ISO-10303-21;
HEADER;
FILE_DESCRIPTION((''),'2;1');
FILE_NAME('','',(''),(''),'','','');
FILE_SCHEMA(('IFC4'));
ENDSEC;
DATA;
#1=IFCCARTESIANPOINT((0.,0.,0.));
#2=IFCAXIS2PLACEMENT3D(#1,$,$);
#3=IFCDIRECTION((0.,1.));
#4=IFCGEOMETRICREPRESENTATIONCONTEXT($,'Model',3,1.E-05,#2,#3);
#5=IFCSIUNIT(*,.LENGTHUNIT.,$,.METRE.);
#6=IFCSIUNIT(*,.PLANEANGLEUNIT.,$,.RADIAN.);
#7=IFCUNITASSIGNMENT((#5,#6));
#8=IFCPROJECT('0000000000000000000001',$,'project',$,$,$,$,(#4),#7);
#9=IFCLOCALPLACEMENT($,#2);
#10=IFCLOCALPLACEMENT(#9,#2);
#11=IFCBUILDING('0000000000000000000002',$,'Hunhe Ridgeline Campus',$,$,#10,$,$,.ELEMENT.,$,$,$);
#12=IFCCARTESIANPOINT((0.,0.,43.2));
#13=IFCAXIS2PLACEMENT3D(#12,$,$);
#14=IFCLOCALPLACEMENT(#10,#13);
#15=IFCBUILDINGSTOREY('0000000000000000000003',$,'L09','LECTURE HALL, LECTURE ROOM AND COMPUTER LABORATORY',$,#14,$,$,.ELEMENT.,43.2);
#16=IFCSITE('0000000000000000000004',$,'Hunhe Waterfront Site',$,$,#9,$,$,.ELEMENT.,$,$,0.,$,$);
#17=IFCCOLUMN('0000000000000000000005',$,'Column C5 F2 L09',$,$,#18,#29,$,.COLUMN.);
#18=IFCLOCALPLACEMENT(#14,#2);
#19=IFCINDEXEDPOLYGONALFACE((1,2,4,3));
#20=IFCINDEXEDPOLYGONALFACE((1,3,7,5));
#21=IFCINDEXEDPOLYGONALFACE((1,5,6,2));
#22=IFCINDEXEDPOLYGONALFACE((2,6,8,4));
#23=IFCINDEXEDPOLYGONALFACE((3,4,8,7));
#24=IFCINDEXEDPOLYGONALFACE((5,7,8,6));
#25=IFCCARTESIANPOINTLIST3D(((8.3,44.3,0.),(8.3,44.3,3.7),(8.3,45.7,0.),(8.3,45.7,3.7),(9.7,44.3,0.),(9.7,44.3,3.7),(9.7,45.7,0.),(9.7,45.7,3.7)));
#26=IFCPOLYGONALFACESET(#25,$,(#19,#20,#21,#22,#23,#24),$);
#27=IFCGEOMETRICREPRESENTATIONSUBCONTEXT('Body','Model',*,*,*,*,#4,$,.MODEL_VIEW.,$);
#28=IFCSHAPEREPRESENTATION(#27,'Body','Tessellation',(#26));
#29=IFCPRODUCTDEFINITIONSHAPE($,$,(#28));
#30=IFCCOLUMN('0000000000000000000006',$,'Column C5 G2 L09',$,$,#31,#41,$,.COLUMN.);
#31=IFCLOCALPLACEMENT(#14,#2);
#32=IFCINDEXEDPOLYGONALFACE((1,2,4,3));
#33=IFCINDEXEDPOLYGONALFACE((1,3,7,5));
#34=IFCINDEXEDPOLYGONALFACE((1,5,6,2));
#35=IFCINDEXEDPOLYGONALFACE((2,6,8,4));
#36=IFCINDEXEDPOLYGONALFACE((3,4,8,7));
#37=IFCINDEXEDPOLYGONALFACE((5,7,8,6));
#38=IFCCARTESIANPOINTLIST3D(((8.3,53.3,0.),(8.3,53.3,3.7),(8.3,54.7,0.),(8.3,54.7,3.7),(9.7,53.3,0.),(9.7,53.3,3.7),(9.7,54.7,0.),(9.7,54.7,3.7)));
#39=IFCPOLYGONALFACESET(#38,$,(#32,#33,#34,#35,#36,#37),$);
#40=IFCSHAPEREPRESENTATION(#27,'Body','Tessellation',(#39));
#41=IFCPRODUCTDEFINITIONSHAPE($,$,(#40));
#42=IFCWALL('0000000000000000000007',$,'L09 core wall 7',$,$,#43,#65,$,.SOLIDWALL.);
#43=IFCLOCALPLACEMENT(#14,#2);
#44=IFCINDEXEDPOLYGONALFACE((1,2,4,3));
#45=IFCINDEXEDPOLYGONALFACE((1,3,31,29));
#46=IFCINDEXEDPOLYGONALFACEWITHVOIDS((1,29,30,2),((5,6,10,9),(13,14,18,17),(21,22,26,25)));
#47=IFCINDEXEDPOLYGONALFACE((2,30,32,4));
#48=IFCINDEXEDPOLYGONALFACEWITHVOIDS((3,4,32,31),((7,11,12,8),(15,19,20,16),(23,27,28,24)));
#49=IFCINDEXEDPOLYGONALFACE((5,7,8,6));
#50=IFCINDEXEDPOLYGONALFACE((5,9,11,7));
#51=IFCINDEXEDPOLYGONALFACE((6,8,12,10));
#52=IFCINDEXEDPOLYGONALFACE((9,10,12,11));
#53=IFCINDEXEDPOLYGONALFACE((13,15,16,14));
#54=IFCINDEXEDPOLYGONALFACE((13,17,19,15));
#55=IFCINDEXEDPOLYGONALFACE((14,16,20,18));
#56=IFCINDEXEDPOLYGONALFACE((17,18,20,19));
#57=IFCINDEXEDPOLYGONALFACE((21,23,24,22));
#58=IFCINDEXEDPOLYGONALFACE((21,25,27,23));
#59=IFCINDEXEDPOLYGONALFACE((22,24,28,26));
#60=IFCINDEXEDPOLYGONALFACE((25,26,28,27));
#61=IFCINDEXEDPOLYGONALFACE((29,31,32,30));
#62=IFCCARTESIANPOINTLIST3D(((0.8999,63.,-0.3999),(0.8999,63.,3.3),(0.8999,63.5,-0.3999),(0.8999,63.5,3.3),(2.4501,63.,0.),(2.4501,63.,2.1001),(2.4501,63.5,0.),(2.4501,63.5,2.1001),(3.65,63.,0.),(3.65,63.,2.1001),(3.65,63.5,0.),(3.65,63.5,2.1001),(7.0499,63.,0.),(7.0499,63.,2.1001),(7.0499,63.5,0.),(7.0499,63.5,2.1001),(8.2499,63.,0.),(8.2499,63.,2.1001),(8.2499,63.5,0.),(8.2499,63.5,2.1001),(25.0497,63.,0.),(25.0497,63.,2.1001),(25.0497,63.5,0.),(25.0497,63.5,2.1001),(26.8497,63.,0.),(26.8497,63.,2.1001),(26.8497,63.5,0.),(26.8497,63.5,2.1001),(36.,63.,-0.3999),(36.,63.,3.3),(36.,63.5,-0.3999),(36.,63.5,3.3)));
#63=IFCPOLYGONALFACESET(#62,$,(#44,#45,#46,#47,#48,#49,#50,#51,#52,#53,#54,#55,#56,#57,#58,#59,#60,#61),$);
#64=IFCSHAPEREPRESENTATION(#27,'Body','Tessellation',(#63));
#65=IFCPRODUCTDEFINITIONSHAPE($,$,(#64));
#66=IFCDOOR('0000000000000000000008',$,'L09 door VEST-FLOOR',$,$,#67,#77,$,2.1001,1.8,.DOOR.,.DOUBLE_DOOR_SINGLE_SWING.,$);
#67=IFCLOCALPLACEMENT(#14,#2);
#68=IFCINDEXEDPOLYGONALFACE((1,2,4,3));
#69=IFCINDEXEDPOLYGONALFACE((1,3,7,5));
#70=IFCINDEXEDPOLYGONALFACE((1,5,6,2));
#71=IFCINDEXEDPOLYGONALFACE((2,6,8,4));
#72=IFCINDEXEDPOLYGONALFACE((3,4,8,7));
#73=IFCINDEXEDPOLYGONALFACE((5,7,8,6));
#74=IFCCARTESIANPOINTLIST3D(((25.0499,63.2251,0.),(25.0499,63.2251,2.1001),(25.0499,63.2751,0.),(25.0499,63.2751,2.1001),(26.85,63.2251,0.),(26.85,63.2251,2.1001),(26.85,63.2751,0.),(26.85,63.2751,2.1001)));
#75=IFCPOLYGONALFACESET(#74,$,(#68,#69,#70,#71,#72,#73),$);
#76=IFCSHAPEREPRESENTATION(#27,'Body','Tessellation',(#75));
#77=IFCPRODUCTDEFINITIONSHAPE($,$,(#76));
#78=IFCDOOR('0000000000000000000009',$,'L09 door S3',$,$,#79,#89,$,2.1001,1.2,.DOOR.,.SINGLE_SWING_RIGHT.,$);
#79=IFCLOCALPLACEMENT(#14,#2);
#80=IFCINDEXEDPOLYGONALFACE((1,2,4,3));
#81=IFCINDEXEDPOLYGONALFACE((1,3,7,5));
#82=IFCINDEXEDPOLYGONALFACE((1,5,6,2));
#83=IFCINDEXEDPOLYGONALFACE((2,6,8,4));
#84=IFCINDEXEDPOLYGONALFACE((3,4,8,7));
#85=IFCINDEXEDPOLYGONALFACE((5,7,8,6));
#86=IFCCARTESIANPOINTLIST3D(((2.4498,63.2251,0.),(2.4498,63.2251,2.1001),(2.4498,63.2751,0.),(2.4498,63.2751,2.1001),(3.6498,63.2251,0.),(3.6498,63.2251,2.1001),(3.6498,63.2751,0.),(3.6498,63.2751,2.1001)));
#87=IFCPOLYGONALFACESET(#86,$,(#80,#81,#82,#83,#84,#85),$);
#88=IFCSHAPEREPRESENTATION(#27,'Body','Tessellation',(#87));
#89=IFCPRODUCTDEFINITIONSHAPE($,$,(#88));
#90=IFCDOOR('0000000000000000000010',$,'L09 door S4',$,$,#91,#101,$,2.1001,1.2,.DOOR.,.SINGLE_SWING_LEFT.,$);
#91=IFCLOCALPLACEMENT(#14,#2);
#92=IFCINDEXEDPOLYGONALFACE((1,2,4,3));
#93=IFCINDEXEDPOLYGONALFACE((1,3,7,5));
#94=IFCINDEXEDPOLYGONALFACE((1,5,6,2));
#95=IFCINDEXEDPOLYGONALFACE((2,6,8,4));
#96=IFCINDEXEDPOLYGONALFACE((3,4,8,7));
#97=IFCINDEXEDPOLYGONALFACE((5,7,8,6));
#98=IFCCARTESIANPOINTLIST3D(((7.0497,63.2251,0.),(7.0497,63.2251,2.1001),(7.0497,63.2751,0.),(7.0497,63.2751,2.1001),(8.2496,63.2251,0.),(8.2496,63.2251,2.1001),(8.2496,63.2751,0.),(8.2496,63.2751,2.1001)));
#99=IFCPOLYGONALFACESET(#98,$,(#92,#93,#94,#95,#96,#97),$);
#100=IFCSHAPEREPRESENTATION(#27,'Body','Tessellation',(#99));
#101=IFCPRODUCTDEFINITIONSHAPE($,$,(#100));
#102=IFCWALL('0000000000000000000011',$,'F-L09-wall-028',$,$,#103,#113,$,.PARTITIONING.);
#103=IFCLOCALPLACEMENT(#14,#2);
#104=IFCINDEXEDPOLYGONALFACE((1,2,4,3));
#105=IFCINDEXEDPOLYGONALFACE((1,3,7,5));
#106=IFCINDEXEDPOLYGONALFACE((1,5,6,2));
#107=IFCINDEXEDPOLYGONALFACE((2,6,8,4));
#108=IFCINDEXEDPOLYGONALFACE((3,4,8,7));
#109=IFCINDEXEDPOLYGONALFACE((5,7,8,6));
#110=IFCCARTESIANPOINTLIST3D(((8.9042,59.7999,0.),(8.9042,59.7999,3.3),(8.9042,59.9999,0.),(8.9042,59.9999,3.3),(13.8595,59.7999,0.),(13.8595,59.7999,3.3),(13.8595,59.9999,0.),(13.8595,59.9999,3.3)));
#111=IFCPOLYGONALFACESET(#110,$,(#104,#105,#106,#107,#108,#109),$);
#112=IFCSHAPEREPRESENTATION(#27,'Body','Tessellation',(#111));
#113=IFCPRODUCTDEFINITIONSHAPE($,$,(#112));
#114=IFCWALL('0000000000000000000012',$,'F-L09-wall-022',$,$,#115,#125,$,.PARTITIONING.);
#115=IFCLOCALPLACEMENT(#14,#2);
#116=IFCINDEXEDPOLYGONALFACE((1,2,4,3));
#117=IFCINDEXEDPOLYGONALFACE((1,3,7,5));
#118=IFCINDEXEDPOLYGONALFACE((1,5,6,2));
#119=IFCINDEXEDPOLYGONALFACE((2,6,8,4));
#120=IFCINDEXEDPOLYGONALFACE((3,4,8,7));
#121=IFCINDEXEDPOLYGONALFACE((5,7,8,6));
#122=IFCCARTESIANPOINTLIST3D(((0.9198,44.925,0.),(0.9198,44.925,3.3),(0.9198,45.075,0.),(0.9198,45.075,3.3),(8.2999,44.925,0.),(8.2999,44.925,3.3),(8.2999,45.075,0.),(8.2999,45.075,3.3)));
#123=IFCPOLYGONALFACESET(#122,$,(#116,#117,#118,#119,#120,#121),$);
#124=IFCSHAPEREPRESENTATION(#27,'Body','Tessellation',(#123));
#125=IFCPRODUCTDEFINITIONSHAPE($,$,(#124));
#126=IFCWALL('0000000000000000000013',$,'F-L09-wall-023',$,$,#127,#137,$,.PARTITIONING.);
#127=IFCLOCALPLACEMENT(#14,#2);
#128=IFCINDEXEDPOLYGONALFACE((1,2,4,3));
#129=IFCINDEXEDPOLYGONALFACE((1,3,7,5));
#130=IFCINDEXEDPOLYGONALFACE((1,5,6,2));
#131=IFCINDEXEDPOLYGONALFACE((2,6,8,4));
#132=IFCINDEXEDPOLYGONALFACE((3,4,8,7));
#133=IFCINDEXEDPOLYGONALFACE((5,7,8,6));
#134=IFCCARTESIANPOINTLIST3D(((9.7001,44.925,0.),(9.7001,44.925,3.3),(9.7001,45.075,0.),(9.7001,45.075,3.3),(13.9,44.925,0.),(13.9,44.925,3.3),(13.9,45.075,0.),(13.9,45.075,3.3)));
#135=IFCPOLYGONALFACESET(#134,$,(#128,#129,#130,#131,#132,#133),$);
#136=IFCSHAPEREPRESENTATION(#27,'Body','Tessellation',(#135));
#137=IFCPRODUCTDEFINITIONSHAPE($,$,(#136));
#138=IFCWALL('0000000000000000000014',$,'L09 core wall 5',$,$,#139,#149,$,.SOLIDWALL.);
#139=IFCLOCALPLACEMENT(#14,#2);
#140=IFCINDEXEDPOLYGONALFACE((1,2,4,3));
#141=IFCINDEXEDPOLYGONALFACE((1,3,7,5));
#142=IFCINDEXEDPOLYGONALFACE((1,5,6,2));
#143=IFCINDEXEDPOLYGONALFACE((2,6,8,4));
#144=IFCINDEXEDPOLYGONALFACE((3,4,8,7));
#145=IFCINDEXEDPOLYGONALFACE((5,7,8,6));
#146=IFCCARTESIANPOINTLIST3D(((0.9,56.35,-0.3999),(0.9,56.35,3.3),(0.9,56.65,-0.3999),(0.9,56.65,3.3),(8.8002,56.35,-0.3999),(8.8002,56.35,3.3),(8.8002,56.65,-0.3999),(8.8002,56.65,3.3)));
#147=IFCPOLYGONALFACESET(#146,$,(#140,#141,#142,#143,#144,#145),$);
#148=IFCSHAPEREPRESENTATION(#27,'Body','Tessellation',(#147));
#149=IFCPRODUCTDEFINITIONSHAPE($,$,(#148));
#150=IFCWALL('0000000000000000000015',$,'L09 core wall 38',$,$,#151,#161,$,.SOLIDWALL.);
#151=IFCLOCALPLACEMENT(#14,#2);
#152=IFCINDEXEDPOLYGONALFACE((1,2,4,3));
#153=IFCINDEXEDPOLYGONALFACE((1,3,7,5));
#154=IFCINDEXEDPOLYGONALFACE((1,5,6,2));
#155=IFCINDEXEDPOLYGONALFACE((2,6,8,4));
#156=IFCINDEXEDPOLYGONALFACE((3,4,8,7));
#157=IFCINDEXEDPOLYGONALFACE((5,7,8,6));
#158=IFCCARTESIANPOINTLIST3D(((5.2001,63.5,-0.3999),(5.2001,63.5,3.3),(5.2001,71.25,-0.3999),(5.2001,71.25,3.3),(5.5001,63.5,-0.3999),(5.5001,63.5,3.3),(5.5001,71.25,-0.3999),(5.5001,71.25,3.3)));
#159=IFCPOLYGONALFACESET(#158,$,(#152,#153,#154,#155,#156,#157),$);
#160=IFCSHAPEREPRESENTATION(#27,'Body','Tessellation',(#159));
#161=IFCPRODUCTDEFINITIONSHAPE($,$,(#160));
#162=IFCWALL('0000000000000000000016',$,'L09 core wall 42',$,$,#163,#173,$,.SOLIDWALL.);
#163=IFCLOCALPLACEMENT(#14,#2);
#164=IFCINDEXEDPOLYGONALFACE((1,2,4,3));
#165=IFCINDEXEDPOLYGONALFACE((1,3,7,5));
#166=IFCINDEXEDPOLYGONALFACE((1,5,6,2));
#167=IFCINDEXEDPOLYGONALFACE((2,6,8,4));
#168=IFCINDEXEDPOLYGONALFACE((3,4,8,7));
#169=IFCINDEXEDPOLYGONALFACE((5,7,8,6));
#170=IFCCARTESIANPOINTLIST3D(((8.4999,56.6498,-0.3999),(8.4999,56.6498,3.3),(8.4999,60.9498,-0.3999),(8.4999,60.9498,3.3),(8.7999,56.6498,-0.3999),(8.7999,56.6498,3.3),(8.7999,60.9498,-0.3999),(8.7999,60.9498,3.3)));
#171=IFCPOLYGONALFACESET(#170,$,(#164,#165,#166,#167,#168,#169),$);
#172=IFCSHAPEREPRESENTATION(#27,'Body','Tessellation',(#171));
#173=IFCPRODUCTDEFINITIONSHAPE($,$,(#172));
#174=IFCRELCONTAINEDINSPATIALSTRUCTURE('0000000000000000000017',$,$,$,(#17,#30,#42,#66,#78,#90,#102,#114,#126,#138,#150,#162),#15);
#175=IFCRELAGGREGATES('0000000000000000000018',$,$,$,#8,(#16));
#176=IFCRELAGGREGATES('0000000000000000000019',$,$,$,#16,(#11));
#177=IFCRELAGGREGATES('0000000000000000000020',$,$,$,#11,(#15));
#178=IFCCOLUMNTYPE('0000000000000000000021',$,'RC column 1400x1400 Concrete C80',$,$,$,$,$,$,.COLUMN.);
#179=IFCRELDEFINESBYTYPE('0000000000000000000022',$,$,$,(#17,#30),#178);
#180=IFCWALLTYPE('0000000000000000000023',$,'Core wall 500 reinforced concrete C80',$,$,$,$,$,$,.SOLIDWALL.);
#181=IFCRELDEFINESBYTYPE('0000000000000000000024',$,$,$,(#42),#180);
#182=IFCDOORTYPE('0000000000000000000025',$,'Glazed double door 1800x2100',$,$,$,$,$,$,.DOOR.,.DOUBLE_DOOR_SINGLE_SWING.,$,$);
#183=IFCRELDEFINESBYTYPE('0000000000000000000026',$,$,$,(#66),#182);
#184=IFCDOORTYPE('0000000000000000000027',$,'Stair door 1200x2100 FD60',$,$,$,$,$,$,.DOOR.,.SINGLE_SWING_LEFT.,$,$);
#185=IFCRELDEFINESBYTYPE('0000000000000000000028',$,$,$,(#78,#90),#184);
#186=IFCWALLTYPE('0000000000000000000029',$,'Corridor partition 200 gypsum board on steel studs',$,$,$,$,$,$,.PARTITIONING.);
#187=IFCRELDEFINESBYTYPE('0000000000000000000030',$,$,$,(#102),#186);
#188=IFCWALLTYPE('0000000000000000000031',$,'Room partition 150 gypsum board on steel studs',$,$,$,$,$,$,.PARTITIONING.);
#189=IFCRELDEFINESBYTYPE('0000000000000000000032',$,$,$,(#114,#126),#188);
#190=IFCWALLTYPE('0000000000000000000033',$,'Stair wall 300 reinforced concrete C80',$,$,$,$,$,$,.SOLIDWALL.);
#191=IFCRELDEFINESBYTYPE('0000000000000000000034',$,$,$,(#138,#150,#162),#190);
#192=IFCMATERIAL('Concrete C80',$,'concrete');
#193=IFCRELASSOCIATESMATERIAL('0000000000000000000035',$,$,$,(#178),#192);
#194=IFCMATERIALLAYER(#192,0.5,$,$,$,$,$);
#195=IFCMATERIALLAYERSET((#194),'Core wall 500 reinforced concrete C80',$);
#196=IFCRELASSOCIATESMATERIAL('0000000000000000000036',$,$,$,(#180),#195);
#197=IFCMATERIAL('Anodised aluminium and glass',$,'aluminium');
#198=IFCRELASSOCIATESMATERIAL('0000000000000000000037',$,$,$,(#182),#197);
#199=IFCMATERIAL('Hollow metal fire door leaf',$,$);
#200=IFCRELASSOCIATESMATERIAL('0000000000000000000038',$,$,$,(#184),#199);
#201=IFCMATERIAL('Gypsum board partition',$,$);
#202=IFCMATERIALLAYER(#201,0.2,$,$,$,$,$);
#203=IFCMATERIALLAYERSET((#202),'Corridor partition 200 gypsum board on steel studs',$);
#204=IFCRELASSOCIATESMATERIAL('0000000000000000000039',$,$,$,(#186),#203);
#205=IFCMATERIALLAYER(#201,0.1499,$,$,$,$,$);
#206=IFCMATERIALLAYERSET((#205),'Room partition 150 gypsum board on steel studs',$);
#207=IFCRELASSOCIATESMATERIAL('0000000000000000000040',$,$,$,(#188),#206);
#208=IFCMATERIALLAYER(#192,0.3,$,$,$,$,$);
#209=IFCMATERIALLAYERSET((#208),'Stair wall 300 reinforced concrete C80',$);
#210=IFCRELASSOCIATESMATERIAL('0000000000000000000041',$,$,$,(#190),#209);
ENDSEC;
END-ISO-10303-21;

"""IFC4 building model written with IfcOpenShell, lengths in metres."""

from ifc_helpers import new_model, si_unit, direction, frame, frame_2d, origin, origin_2d, place, context, subcontext, project, spatial, rectangle, extrude, material, layer, layer_set, material_profile, profile_set, type_object, element, fill, save


model = new_model("IFC4")

# Units and contexts
model_context = context("Model", 3, precision=1e-05, world=origin(), true_north=direction((0.0, 1.0)))
body_context = subcontext(model_context, "Body", "Model", "MODEL_VIEW")
ifc_project = project(units=[si_unit("LENGTHUNIT", "METRE"), si_unit("PLANEANGLEUNIT", "RADIAN")], contexts=[model_context])

# Site, building, storey
site_placement = place(None, origin())
site = spatial("IfcSite", under=ifc_project, at=site_placement, Name="Hunhe Waterfront Site", CompositionType="ELEMENT", RefElevation=0.0)
building_placement = place(site_placement, origin())
building = spatial("IfcBuilding", under=site, at=building_placement, Name="Hunhe Ridgeline Campus", CompositionType="ELEMENT")
storey_placement = place(building_placement, frame((0.0, 0.0, 43.2)))
storey = spatial("IfcBuildingStorey", under=building, at=storey_placement, Name="L09", Description="LECTURE HALL, LECTURE ROOM AND COMPUTER LABORATORY", CompositionType="ELEMENT", Elevation=43.2)

# Columns
ifc_material_1 = material(Name="Concrete C80", Category="concrete")
ifc_material_profile = material_profile(ifc_material_1, rectangle(XDim=1.3999, YDim=1.3999, at=origin_2d()))
ifc_profile_set = profile_set([ifc_material_profile], Name="Concrete C80")
column_type = type_object("IfcColumnType", Name="RC column 1400x1400 Concrete C80", PredefinedType="COLUMN", material=ifc_profile_set)
for number, where, z_axis, x_axis, name in (
    (1, (9.0, 45.0, 0.0), (0.0, 0.0, 1.0), (1.0, 0.0, 0.0), "Column C5 F2 L09"),
    (2, (9.0, 54.0, 0.0), (0.0, 0.0, 1.0), (1.0, 0.0, 0.0), "Column C5 G2 L09"),
):
    element("IfcColumn", number, at=place(storey_placement, frame(where, z_axis=z_axis, x_axis=x_axis)), inside=storey, type_object=column_type, Name=name, PredefinedType="COLUMN", context=body_context, shape_type="SweptSolid", body=[
        extrude(rectangle(XDim=1.3999, YDim=1.3999, at=origin_2d()), origin(), (0.0, 0.0, 1.0), 3.7),
    ])

# Wall, openings, doors
ifc_layer_1 = layer(ifc_material_1, 0.5)
ifc_layer_set_1 = layer_set([ifc_layer_1], Name="Core wall 500 reinforced concrete C80")
wall_type_1 = type_object("IfcWallType", Name="Core wall 500 reinforced concrete C80", PredefinedType="SOLIDWALL", material=ifc_layer_set_1)
wall_1_placement = place(storey_placement, frame((0.8999, 63.25, -0.3999), z_axis=(0.0, 0.0, 1.0), x_axis=(1.0, 0.0, 0.0)))
wall_1 = element("IfcWall", 3, at=wall_1_placement, inside=storey, type_object=wall_type_1, Name="L09 core wall 7", PredefinedType="SOLIDWALL", context=body_context, shape_type="SweptSolid", body=[
    extrude(rectangle(XDim=35.1001, YDim=0.5, at=frame_2d((17.55, 0.0))), origin(), (0.0, 0.0, 1.0), 3.7),
])
opening_1_placement = place(wall_1_placement, frame((24.1499, 0.0, 0.3999)))
opening_1 = element("IfcOpeningElement", 4, at=opening_1_placement, cuts=wall_1, PredefinedType="OPENING", context=body_context, shape_type="SweptSolid", body=[
    extrude(rectangle(XDim=1.8, YDim=2.1001, at=frame_2d((0.8999, 1.05))), frame((0.0, 0.25, 0.0), z_axis=(0.0, -1.0, 0.0), x_axis=(1.0, 0.0, 0.0)), (0.0, 0.0, 1.0), 0.5),
])
opening_2_placement = place(wall_1_placement, frame((1.55, 0.0, 0.3999)))
opening_2 = element("IfcOpeningElement", 5, at=opening_2_placement, cuts=wall_1, PredefinedType="OPENING", context=body_context, shape_type="SweptSolid", body=[
    extrude(rectangle(XDim=1.2, YDim=2.1001, at=frame_2d((0.6001, 1.05))), frame((0.0, 0.25, 0.0), z_axis=(0.0, -1.0, 0.0), x_axis=(1.0, 0.0, 0.0)), (0.0, 0.0, 1.0), 0.5),
])
opening_3_placement = place(wall_1_placement, frame((6.1499, 0.0, 0.3999)))
opening_3 = element("IfcOpeningElement", 6, at=opening_3_placement, cuts=wall_1, PredefinedType="OPENING", context=body_context, shape_type="SweptSolid", body=[
    extrude(rectangle(XDim=1.2, YDim=2.1001, at=frame_2d((0.6001, 1.05))), frame((0.0, 0.25, 0.0), z_axis=(0.0, -1.0, 0.0), x_axis=(1.0, 0.0, 0.0)), (0.0, 0.0, 1.0), 0.5),
])
ifc_material_2 = material(Name="Anodised aluminium and glass", Category="aluminium")
door_type_1 = type_object("IfcDoorType", Name="Glazed double door 1800x2100", OperationType="DOUBLE_DOOR_SINGLE_SWING", PredefinedType="DOOR", material=ifc_material_2)
door_1_placement = place(opening_1_placement, frame((1.8, 0.0, 0.0), z_axis=(0.0, 0.0, 1.0), x_axis=(-1.0, 0.0, 0.0)))
door_1 = element("IfcDoor", 7, at=door_1_placement, inside=storey, type_object=door_type_1, Name="L09 door VEST-FLOOR", OperationType="DOUBLE_DOOR_SINGLE_SWING", OverallHeight=2.1001, OverallWidth=1.8, PredefinedType="DOOR", context=body_context, shape_type="SweptSolid", body=[
    extrude(rectangle(XDim=1.8, YDim=2.1001, at=frame_2d((0.8999, 1.05))), frame((0.0, 0.0249, 0.0), z_axis=(0.0, -1.0, 0.0), x_axis=(1.0, 0.0, 0.0)), (0.0, 0.0, 1.0), 0.05),
])
fill(opening_1, door_1)
ifc_material_3 = material(Name="Hollow metal fire door leaf")
door_type_2 = type_object("IfcDoorType", Name="Stair door 1200x2100 FD60", OperationType="SINGLE_SWING_LEFT", PredefinedType="DOOR", material=ifc_material_3)
door_2_placement = place(opening_2_placement, frame((1.2, 0.0, 0.0), z_axis=(0.0, 0.0, 1.0), x_axis=(-1.0, 0.0, 0.0)))
door_2 = element("IfcDoor", 8, at=door_2_placement, inside=storey, type_object=door_type_2, Name="L09 door S3", OperationType="SINGLE_SWING_RIGHT", OverallHeight=2.1001, OverallWidth=1.2, PredefinedType="DOOR", context=body_context, shape_type="SweptSolid", body=[
    extrude(rectangle(XDim=1.2, YDim=2.1001, at=frame_2d((0.6001, 1.05))), frame((0.0, 0.0249, 0.0), z_axis=(0.0, -1.0, 0.0), x_axis=(1.0, 0.0, 0.0)), (0.0, 0.0, 1.0), 0.05),
])
fill(opening_2, door_2)
door_3_placement = place(opening_3_placement, frame((1.2, 0.0, 0.0), z_axis=(0.0, 0.0, 1.0), x_axis=(-1.0, 0.0, 0.0)))
door_3 = element("IfcDoor", 9, at=door_3_placement, inside=storey, type_object=door_type_2, Name="L09 door S4", OperationType="SINGLE_SWING_LEFT", OverallHeight=2.1001, OverallWidth=1.2, PredefinedType="DOOR", context=body_context, shape_type="SweptSolid", body=[
    extrude(rectangle(XDim=1.2, YDim=2.1001, at=frame_2d((0.6001, 1.05))), frame((0.0, 0.0249, 0.0), z_axis=(0.0, -1.0, 0.0), x_axis=(1.0, 0.0, 0.0)), (0.0, 0.0, 1.0), 0.05),
])
fill(opening_3, door_3)

# Walls
ifc_material_4 = material(Name="Gypsum board partition")
ifc_layer_2 = layer(ifc_material_4, 0.2)
ifc_layer_set_2 = layer_set([ifc_layer_2], Name="Corridor partition 200 gypsum board on steel studs")
wall_type_2 = type_object("IfcWallType", Name="Corridor partition 200 gypsum board on steel studs", PredefinedType="PARTITIONING", material=ifc_layer_set_2)
wall_2_placement = place(storey_placement, frame((13.8594, 59.8999, 0.0), z_axis=(0.0, 0.0, 1.0), x_axis=(-1.0, 0.0, 0.0)))
element("IfcWall", 10, at=wall_2_placement, inside=storey, type_object=wall_type_2, Name="F-L09-wall-028", PredefinedType="PARTITIONING", context=body_context, shape_type="SweptSolid", body=[
    extrude(rectangle(XDim=4.9553, YDim=0.2, at=frame_2d((2.4775, 0.0))), origin(), (0.0, 0.0, 1.0), 3.3),
])
ifc_layer_3 = layer(ifc_material_4, 0.1499)
ifc_layer_set_3 = layer_set([ifc_layer_3], Name="Room partition 150 gypsum board on steel studs")
wall_type_3 = type_object("IfcWallType", Name="Room partition 150 gypsum board on steel studs", PredefinedType="PARTITIONING", material=ifc_layer_set_3)
wall_3_placement = place(storey_placement, frame((0.9199, 45.0, 0.0), z_axis=(0.0, 0.0, 1.0), x_axis=(1.0, 0.0, 0.0)))
element("IfcWall", 11, at=wall_3_placement, inside=storey, type_object=wall_type_3, Name="F-L09-wall-022", PredefinedType="PARTITIONING", context=body_context, shape_type="SweptSolid", body=[
    extrude(rectangle(XDim=7.3801, YDim=0.1499, at=frame_2d((3.6899, 0.0))), origin(), (0.0, 0.0, 1.0), 3.3),
])
wall_4_placement = place(storey_placement, frame((9.7, 45.0, 0.0), z_axis=(0.0, 0.0, 1.0), x_axis=(1.0, 0.0, 0.0)))
element("IfcWall", 12, at=wall_4_placement, inside=storey, type_object=wall_type_3, Name="F-L09-wall-023", PredefinedType="PARTITIONING", context=body_context, shape_type="SweptSolid", body=[
    extrude(rectangle(XDim=4.2, YDim=0.1499, at=frame_2d((2.1001, 0.0))), origin(), (0.0, 0.0, 1.0), 3.3),
])
ifc_layer_4 = layer(ifc_material_1, 0.3)
ifc_layer_set_4 = layer_set([ifc_layer_4], Name="Stair wall 300 reinforced concrete C80")
wall_type_4 = type_object("IfcWallType", Name="Stair wall 300 reinforced concrete C80", PredefinedType="SOLIDWALL", material=ifc_layer_set_4)
wall_5_placement = place(storey_placement, frame((0.8999, 56.5, -0.3999), z_axis=(0.0, 0.0, 1.0), x_axis=(1.0, 0.0, 0.0)))
element("IfcWall", 13, at=wall_5_placement, inside=storey, type_object=wall_type_4, Name="L09 core wall 5", PredefinedType="SOLIDWALL", context=body_context, shape_type="SweptSolid", body=[
    extrude(rectangle(XDim=7.9001, YDim=0.3, at=frame_2d((3.9502, 0.0))), origin(), (0.0, 0.0, 1.0), 3.7),
])

# Walls
wall_6_placement = place(storey_placement, frame((5.3501, 63.5, -0.3999), z_axis=(0.0, 0.0, 1.0), x_axis=(0.0, 1.0, 0.0)))
element("IfcWall", 14, at=wall_6_placement, inside=storey, type_object=wall_type_4, Name="L09 core wall 38", PredefinedType="SOLIDWALL", context=body_context, shape_type="SweptSolid", body=[
    extrude(rectangle(XDim=7.75, YDim=0.3, at=frame_2d((3.875, 0.0))), origin(), (0.0, 0.0, 1.0), 3.7),
])
wall_7_placement = place(storey_placement, frame((8.6499, 56.6499, -0.3999), z_axis=(0.0, 0.0, 1.0), x_axis=(0.0, 1.0, 0.0)))
element("IfcWall", 15, at=wall_7_placement, inside=storey, type_object=wall_type_4, Name="L09 core wall 42", PredefinedType="SOLIDWALL", context=body_context, shape_type="SweptSolid", body=[
    extrude(rectangle(XDim=4.3, YDim=0.3, at=frame_2d((2.1499, 0.0))), origin(), (0.0, 0.0, 1.0), 3.7),
])

save(model, "model.ifc")
